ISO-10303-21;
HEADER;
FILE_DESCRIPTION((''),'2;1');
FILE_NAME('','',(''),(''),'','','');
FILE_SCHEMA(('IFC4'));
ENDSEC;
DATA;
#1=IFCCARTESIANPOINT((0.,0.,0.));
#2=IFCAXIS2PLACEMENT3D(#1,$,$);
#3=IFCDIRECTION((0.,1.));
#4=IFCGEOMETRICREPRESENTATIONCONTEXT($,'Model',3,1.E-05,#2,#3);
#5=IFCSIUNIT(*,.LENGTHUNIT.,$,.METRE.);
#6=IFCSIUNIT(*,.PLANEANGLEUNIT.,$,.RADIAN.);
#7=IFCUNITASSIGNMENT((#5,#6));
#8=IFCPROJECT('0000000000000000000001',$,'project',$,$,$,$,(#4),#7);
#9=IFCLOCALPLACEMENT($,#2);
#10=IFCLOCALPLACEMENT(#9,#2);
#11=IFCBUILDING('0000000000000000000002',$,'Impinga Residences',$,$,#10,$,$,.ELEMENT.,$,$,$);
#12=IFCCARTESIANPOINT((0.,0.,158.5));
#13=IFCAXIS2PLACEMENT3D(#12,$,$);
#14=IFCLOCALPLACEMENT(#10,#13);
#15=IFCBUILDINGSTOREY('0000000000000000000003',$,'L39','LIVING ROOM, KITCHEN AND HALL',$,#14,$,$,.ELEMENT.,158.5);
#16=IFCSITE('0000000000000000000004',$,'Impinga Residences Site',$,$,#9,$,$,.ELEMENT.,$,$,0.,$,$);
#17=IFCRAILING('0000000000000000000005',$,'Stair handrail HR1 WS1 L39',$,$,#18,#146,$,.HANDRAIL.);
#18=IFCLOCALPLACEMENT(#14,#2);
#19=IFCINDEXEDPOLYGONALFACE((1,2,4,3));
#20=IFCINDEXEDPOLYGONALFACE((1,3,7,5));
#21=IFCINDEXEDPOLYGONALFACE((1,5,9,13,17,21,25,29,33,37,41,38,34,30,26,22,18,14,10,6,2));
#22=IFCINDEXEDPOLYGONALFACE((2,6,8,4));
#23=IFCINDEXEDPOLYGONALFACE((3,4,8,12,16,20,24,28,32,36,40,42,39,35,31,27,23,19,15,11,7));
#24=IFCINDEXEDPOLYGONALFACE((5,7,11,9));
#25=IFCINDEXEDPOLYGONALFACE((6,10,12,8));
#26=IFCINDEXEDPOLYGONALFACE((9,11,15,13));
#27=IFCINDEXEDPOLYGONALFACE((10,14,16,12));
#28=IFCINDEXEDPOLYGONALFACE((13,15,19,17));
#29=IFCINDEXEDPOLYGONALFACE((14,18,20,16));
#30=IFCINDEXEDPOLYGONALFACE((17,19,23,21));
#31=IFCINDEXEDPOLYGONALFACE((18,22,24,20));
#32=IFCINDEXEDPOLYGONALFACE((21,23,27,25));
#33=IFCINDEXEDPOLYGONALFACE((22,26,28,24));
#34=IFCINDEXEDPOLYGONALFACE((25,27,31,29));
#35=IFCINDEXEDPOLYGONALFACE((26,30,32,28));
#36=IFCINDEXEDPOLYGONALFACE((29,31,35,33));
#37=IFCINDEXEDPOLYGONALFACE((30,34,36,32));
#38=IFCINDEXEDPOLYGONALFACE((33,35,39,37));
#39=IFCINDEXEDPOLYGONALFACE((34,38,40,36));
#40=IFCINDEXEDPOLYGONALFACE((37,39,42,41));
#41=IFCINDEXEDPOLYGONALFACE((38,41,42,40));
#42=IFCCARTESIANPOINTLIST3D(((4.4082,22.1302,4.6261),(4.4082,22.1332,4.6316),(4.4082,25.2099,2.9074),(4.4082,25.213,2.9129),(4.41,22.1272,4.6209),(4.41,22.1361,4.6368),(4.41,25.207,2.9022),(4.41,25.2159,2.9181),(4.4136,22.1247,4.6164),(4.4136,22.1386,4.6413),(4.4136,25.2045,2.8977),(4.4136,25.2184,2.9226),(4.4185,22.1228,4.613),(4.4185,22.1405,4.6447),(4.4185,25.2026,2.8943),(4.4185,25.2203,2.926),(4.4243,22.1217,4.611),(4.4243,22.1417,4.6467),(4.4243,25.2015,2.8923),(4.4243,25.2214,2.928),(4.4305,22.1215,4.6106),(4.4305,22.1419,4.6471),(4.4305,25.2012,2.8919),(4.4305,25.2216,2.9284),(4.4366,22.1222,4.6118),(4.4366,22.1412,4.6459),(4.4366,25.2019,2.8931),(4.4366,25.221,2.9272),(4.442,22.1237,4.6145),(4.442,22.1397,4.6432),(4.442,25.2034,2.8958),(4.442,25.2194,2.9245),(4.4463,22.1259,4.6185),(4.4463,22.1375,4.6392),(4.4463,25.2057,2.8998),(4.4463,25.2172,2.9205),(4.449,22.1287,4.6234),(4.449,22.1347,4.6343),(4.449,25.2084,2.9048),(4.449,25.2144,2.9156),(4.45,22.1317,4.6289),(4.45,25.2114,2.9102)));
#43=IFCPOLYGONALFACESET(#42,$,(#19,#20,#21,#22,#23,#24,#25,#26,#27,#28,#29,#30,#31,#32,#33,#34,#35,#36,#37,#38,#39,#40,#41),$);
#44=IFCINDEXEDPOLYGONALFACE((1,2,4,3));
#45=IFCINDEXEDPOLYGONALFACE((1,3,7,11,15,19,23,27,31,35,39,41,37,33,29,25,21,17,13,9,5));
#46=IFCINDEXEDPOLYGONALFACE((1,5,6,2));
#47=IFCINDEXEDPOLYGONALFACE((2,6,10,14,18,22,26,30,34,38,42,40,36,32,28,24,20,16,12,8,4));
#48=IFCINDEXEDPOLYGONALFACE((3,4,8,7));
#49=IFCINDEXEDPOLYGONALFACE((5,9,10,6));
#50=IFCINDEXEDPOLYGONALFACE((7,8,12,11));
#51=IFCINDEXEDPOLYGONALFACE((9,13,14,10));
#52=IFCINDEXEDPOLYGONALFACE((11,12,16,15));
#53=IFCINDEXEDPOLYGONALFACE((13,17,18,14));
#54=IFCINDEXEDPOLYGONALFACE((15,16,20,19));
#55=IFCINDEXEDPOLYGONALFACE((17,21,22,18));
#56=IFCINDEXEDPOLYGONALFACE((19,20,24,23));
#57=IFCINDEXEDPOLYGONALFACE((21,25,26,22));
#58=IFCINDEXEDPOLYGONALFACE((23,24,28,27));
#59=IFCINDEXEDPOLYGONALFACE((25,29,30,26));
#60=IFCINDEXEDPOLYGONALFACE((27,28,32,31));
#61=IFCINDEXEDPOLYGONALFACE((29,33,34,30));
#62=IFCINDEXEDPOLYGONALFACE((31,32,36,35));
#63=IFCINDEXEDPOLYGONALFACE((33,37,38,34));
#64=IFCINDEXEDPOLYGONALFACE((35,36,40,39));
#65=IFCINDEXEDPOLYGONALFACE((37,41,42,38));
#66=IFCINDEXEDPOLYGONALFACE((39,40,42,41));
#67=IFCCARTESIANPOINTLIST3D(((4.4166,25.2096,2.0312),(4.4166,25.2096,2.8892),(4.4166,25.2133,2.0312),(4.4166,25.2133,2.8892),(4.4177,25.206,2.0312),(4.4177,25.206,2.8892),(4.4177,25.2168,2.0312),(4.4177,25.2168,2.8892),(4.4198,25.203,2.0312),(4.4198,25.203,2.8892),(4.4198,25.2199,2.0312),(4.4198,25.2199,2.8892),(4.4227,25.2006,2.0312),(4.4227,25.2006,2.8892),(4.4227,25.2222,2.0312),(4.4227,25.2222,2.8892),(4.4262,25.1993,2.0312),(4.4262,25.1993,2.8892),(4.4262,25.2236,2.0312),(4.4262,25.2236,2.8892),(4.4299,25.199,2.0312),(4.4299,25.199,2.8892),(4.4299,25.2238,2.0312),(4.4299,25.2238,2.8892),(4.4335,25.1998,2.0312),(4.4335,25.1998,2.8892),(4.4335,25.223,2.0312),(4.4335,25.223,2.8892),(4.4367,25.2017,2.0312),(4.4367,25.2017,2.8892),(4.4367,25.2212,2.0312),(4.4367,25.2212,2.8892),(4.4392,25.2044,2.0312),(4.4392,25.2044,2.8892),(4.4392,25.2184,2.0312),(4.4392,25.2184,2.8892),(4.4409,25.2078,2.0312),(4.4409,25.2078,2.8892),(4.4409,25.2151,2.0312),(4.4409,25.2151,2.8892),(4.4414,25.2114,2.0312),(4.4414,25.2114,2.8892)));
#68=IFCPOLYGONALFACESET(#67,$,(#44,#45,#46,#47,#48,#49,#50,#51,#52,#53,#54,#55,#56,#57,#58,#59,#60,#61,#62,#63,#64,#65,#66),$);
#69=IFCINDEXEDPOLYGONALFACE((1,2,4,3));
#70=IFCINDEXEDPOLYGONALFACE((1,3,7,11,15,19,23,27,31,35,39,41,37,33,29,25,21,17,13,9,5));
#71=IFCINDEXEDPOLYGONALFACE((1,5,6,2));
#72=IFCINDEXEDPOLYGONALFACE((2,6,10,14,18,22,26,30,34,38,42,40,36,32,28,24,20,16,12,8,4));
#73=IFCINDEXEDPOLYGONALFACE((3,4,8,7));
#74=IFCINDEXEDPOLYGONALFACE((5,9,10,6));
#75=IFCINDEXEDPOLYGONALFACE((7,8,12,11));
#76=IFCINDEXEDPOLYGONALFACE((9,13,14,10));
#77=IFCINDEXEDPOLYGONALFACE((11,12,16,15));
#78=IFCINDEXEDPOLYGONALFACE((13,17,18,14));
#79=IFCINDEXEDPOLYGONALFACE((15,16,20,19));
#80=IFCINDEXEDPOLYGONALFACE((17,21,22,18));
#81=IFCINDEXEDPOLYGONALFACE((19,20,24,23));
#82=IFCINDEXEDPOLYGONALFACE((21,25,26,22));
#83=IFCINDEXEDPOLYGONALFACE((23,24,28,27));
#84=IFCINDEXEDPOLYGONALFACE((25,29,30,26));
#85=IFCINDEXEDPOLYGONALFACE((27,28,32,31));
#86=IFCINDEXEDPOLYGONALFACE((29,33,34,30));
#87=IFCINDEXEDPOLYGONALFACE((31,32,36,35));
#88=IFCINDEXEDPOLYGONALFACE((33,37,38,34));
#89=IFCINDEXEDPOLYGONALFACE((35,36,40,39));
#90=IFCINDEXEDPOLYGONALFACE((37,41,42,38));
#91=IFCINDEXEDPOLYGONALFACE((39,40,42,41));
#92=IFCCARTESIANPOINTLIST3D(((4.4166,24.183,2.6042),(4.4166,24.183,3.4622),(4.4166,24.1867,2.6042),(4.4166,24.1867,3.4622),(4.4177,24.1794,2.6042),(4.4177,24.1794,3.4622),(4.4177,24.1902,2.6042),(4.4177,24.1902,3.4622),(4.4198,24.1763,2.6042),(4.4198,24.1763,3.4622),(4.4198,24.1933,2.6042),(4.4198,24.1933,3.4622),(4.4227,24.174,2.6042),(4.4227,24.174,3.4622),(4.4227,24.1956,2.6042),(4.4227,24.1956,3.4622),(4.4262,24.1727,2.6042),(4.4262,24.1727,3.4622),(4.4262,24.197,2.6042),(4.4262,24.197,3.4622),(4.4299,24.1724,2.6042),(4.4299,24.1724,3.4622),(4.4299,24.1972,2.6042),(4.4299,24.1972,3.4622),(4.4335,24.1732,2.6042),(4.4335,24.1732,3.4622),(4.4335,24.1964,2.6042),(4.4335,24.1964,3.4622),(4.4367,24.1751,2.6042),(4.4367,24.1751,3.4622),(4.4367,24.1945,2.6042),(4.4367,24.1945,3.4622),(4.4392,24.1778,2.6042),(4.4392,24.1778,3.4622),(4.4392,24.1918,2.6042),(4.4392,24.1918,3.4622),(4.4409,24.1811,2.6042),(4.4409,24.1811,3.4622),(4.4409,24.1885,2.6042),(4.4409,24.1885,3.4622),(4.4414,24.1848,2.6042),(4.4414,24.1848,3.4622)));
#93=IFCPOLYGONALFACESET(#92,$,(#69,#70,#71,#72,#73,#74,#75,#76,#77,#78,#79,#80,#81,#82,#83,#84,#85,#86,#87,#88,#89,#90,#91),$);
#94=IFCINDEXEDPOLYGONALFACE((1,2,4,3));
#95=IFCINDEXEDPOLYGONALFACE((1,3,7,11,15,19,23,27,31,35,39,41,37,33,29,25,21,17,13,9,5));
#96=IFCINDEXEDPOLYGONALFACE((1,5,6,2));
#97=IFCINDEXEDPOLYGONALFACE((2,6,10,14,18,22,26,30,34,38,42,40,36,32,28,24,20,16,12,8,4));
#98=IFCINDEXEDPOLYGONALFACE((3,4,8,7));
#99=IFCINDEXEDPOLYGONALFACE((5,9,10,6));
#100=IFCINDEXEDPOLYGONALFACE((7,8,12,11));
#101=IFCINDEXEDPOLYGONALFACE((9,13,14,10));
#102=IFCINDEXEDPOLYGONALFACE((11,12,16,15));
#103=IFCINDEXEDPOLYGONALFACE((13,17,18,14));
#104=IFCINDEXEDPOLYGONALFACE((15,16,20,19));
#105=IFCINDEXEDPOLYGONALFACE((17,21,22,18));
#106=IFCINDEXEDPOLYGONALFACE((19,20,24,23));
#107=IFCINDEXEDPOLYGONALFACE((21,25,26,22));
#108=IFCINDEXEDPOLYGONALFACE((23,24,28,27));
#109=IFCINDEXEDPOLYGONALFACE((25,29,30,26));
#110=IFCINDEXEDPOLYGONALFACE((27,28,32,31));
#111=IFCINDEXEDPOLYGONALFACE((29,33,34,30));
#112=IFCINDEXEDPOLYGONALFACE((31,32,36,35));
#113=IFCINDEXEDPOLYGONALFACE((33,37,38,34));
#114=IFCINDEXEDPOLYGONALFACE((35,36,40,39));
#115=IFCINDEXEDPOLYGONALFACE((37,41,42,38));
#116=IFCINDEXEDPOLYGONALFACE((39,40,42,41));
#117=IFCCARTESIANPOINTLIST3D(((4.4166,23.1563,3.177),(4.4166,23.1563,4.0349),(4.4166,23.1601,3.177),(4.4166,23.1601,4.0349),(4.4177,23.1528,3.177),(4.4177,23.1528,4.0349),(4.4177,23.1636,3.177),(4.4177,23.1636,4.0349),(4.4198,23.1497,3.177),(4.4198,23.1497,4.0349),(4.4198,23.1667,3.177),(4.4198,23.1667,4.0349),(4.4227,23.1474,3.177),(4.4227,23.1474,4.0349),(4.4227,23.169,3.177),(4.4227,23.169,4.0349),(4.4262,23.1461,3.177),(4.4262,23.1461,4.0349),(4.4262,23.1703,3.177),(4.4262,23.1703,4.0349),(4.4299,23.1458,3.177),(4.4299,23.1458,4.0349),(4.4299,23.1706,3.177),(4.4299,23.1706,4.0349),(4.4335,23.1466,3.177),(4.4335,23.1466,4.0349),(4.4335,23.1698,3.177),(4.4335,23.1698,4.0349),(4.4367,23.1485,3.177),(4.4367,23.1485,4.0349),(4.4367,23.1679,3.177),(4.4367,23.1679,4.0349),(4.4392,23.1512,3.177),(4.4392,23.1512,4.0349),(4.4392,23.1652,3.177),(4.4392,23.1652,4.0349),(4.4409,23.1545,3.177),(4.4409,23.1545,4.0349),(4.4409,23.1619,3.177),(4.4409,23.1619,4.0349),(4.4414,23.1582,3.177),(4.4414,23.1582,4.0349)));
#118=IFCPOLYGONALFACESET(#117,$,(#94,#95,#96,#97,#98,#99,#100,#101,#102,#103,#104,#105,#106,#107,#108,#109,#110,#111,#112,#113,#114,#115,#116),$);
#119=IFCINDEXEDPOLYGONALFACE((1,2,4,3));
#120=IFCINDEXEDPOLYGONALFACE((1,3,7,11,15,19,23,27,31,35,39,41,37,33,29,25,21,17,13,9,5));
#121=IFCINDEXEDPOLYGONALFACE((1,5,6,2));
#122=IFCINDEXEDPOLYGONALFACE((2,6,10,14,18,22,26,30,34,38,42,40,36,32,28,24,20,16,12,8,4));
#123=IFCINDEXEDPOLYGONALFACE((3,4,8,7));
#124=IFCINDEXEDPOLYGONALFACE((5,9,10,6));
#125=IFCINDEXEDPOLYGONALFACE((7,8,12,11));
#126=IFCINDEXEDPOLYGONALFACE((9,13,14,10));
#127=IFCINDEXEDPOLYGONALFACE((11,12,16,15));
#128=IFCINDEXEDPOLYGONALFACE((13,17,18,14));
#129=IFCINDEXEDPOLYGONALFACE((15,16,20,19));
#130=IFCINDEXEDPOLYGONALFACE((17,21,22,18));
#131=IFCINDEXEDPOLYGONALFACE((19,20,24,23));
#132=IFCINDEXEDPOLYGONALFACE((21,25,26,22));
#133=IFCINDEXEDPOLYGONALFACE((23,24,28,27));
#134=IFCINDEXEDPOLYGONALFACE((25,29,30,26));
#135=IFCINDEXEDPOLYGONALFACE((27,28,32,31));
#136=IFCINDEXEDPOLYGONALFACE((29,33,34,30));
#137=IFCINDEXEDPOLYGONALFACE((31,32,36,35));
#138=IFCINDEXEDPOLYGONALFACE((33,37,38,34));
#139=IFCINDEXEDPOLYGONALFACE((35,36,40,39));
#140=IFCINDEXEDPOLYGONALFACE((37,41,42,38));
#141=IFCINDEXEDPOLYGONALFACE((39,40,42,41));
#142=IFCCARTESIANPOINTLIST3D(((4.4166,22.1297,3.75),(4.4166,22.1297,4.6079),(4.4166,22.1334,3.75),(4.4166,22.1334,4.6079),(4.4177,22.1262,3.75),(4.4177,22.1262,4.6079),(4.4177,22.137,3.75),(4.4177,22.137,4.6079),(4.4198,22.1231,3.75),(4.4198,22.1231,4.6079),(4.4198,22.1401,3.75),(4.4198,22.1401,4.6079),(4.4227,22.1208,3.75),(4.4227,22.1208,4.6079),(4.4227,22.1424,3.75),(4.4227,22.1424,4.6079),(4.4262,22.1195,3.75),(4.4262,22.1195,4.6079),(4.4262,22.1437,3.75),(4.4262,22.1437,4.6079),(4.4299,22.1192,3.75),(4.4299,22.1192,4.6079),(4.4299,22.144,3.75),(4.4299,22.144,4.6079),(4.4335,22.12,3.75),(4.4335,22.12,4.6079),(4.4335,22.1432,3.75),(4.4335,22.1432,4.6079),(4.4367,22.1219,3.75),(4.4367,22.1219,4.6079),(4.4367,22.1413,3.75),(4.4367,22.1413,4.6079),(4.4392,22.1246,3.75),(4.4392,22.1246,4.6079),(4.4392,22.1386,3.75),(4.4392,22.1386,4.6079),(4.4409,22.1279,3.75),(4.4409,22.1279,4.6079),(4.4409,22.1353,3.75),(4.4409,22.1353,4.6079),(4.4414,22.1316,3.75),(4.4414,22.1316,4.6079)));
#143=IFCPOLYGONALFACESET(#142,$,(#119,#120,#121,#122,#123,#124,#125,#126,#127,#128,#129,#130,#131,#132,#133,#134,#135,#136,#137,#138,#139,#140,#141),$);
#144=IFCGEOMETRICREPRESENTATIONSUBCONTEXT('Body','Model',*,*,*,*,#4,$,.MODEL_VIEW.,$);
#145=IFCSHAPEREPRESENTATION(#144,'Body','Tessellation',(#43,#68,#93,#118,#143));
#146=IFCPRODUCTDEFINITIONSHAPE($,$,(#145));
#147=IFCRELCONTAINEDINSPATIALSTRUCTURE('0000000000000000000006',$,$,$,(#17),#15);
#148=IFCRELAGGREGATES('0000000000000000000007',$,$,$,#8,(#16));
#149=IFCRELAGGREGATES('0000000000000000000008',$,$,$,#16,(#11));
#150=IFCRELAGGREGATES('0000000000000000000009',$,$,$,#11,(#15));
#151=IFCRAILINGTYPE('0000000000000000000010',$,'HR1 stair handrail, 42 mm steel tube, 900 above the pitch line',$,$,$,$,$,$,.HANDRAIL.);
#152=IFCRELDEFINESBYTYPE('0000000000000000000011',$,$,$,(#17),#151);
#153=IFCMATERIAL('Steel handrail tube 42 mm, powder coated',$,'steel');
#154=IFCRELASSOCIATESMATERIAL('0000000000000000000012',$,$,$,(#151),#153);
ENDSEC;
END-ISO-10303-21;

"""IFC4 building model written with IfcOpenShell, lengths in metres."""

from ifc_helpers import new_model, si_unit, direction, frame, origin, origin_2d, place, context, subcontext, project, spatial, circle, extrude, material, type_object, element, save


model = new_model("IFC4")

# Units and contexts
model_context = context("Model", 3, precision=1e-05, world=origin(), true_north=direction((0.0, 1.0)))
body_context = subcontext(model_context, "Body", "Model", "MODEL_VIEW")
ifc_project = project(units=[si_unit("LENGTHUNIT", "METRE"), si_unit("PLANEANGLEUNIT", "RADIAN")], contexts=[model_context])

# Site, building, storey
site_placement = place(None, origin())
site = spatial("IfcSite", under=ifc_project, at=site_placement, Name="Impinga Residences Site", CompositionType="ELEMENT", RefElevation=0.0)
building_placement = place(site_placement, origin())
building = spatial("IfcBuilding", under=site, at=building_placement, Name="Impinga Residences", CompositionType="ELEMENT")
storey_placement = place(building_placement, frame((0.0, 0.0, 158.5)))
storey = spatial("IfcBuildingStorey", under=building, at=storey_placement, Name="L39", Description="LIVING ROOM, KITCHEN AND HALL", CompositionType="ELEMENT", Elevation=158.5)

# Railing
ifc_material_1 = material(Name="Steel handrail tube 42 mm, powder coated", Category="steel")
railing_type_1 = type_object("IfcRailingType", Name="HR1 stair handrail, 42 mm steel tube, 900 above the pitch line", PredefinedType="HANDRAIL", material=ifc_material_1)
railing_1_placement = place(storey_placement, frame((4.429, 25.2114, 2.0312)))
element("IfcRailing", 1, at=railing_1_placement, inside=storey, type_object=railing_type_1, Name="Stair handrail HR1 WS1 L39", PredefinedType="HANDRAIL", context=body_context, shape_type="SweptSolid", body=[
    extrude(circle(Radius=0.021, at=origin_2d()), frame((0.0, 0.0, 0.8789), z_axis=(0.0, -0.873225, 0.487317), x_axis=(1.0, 0.0, 0.0)), (0.0, 0.0, 1.0), 3.5269),
    extrude(circle(Radius=0.0125, at=origin_2d()), origin(), (0.0, 0.0, 1.0), 0.8579),
    extrude(circle(Radius=0.0125, at=origin_2d()), frame((0.0, -1.0266, 0.573)), (0.0, 0.0, 1.0), 0.8579),
    extrude(circle(Radius=0.0125, at=origin_2d()), frame((0.0, -2.0532, 1.1458)), (0.0, 0.0, 1.0), 0.8579),
    extrude(circle(Radius=0.0125, at=origin_2d()), frame((0.0, -3.0798, 1.7188)), (0.0, 0.0, 1.0), 0.8579),
])

save(model, "model.ifc")
